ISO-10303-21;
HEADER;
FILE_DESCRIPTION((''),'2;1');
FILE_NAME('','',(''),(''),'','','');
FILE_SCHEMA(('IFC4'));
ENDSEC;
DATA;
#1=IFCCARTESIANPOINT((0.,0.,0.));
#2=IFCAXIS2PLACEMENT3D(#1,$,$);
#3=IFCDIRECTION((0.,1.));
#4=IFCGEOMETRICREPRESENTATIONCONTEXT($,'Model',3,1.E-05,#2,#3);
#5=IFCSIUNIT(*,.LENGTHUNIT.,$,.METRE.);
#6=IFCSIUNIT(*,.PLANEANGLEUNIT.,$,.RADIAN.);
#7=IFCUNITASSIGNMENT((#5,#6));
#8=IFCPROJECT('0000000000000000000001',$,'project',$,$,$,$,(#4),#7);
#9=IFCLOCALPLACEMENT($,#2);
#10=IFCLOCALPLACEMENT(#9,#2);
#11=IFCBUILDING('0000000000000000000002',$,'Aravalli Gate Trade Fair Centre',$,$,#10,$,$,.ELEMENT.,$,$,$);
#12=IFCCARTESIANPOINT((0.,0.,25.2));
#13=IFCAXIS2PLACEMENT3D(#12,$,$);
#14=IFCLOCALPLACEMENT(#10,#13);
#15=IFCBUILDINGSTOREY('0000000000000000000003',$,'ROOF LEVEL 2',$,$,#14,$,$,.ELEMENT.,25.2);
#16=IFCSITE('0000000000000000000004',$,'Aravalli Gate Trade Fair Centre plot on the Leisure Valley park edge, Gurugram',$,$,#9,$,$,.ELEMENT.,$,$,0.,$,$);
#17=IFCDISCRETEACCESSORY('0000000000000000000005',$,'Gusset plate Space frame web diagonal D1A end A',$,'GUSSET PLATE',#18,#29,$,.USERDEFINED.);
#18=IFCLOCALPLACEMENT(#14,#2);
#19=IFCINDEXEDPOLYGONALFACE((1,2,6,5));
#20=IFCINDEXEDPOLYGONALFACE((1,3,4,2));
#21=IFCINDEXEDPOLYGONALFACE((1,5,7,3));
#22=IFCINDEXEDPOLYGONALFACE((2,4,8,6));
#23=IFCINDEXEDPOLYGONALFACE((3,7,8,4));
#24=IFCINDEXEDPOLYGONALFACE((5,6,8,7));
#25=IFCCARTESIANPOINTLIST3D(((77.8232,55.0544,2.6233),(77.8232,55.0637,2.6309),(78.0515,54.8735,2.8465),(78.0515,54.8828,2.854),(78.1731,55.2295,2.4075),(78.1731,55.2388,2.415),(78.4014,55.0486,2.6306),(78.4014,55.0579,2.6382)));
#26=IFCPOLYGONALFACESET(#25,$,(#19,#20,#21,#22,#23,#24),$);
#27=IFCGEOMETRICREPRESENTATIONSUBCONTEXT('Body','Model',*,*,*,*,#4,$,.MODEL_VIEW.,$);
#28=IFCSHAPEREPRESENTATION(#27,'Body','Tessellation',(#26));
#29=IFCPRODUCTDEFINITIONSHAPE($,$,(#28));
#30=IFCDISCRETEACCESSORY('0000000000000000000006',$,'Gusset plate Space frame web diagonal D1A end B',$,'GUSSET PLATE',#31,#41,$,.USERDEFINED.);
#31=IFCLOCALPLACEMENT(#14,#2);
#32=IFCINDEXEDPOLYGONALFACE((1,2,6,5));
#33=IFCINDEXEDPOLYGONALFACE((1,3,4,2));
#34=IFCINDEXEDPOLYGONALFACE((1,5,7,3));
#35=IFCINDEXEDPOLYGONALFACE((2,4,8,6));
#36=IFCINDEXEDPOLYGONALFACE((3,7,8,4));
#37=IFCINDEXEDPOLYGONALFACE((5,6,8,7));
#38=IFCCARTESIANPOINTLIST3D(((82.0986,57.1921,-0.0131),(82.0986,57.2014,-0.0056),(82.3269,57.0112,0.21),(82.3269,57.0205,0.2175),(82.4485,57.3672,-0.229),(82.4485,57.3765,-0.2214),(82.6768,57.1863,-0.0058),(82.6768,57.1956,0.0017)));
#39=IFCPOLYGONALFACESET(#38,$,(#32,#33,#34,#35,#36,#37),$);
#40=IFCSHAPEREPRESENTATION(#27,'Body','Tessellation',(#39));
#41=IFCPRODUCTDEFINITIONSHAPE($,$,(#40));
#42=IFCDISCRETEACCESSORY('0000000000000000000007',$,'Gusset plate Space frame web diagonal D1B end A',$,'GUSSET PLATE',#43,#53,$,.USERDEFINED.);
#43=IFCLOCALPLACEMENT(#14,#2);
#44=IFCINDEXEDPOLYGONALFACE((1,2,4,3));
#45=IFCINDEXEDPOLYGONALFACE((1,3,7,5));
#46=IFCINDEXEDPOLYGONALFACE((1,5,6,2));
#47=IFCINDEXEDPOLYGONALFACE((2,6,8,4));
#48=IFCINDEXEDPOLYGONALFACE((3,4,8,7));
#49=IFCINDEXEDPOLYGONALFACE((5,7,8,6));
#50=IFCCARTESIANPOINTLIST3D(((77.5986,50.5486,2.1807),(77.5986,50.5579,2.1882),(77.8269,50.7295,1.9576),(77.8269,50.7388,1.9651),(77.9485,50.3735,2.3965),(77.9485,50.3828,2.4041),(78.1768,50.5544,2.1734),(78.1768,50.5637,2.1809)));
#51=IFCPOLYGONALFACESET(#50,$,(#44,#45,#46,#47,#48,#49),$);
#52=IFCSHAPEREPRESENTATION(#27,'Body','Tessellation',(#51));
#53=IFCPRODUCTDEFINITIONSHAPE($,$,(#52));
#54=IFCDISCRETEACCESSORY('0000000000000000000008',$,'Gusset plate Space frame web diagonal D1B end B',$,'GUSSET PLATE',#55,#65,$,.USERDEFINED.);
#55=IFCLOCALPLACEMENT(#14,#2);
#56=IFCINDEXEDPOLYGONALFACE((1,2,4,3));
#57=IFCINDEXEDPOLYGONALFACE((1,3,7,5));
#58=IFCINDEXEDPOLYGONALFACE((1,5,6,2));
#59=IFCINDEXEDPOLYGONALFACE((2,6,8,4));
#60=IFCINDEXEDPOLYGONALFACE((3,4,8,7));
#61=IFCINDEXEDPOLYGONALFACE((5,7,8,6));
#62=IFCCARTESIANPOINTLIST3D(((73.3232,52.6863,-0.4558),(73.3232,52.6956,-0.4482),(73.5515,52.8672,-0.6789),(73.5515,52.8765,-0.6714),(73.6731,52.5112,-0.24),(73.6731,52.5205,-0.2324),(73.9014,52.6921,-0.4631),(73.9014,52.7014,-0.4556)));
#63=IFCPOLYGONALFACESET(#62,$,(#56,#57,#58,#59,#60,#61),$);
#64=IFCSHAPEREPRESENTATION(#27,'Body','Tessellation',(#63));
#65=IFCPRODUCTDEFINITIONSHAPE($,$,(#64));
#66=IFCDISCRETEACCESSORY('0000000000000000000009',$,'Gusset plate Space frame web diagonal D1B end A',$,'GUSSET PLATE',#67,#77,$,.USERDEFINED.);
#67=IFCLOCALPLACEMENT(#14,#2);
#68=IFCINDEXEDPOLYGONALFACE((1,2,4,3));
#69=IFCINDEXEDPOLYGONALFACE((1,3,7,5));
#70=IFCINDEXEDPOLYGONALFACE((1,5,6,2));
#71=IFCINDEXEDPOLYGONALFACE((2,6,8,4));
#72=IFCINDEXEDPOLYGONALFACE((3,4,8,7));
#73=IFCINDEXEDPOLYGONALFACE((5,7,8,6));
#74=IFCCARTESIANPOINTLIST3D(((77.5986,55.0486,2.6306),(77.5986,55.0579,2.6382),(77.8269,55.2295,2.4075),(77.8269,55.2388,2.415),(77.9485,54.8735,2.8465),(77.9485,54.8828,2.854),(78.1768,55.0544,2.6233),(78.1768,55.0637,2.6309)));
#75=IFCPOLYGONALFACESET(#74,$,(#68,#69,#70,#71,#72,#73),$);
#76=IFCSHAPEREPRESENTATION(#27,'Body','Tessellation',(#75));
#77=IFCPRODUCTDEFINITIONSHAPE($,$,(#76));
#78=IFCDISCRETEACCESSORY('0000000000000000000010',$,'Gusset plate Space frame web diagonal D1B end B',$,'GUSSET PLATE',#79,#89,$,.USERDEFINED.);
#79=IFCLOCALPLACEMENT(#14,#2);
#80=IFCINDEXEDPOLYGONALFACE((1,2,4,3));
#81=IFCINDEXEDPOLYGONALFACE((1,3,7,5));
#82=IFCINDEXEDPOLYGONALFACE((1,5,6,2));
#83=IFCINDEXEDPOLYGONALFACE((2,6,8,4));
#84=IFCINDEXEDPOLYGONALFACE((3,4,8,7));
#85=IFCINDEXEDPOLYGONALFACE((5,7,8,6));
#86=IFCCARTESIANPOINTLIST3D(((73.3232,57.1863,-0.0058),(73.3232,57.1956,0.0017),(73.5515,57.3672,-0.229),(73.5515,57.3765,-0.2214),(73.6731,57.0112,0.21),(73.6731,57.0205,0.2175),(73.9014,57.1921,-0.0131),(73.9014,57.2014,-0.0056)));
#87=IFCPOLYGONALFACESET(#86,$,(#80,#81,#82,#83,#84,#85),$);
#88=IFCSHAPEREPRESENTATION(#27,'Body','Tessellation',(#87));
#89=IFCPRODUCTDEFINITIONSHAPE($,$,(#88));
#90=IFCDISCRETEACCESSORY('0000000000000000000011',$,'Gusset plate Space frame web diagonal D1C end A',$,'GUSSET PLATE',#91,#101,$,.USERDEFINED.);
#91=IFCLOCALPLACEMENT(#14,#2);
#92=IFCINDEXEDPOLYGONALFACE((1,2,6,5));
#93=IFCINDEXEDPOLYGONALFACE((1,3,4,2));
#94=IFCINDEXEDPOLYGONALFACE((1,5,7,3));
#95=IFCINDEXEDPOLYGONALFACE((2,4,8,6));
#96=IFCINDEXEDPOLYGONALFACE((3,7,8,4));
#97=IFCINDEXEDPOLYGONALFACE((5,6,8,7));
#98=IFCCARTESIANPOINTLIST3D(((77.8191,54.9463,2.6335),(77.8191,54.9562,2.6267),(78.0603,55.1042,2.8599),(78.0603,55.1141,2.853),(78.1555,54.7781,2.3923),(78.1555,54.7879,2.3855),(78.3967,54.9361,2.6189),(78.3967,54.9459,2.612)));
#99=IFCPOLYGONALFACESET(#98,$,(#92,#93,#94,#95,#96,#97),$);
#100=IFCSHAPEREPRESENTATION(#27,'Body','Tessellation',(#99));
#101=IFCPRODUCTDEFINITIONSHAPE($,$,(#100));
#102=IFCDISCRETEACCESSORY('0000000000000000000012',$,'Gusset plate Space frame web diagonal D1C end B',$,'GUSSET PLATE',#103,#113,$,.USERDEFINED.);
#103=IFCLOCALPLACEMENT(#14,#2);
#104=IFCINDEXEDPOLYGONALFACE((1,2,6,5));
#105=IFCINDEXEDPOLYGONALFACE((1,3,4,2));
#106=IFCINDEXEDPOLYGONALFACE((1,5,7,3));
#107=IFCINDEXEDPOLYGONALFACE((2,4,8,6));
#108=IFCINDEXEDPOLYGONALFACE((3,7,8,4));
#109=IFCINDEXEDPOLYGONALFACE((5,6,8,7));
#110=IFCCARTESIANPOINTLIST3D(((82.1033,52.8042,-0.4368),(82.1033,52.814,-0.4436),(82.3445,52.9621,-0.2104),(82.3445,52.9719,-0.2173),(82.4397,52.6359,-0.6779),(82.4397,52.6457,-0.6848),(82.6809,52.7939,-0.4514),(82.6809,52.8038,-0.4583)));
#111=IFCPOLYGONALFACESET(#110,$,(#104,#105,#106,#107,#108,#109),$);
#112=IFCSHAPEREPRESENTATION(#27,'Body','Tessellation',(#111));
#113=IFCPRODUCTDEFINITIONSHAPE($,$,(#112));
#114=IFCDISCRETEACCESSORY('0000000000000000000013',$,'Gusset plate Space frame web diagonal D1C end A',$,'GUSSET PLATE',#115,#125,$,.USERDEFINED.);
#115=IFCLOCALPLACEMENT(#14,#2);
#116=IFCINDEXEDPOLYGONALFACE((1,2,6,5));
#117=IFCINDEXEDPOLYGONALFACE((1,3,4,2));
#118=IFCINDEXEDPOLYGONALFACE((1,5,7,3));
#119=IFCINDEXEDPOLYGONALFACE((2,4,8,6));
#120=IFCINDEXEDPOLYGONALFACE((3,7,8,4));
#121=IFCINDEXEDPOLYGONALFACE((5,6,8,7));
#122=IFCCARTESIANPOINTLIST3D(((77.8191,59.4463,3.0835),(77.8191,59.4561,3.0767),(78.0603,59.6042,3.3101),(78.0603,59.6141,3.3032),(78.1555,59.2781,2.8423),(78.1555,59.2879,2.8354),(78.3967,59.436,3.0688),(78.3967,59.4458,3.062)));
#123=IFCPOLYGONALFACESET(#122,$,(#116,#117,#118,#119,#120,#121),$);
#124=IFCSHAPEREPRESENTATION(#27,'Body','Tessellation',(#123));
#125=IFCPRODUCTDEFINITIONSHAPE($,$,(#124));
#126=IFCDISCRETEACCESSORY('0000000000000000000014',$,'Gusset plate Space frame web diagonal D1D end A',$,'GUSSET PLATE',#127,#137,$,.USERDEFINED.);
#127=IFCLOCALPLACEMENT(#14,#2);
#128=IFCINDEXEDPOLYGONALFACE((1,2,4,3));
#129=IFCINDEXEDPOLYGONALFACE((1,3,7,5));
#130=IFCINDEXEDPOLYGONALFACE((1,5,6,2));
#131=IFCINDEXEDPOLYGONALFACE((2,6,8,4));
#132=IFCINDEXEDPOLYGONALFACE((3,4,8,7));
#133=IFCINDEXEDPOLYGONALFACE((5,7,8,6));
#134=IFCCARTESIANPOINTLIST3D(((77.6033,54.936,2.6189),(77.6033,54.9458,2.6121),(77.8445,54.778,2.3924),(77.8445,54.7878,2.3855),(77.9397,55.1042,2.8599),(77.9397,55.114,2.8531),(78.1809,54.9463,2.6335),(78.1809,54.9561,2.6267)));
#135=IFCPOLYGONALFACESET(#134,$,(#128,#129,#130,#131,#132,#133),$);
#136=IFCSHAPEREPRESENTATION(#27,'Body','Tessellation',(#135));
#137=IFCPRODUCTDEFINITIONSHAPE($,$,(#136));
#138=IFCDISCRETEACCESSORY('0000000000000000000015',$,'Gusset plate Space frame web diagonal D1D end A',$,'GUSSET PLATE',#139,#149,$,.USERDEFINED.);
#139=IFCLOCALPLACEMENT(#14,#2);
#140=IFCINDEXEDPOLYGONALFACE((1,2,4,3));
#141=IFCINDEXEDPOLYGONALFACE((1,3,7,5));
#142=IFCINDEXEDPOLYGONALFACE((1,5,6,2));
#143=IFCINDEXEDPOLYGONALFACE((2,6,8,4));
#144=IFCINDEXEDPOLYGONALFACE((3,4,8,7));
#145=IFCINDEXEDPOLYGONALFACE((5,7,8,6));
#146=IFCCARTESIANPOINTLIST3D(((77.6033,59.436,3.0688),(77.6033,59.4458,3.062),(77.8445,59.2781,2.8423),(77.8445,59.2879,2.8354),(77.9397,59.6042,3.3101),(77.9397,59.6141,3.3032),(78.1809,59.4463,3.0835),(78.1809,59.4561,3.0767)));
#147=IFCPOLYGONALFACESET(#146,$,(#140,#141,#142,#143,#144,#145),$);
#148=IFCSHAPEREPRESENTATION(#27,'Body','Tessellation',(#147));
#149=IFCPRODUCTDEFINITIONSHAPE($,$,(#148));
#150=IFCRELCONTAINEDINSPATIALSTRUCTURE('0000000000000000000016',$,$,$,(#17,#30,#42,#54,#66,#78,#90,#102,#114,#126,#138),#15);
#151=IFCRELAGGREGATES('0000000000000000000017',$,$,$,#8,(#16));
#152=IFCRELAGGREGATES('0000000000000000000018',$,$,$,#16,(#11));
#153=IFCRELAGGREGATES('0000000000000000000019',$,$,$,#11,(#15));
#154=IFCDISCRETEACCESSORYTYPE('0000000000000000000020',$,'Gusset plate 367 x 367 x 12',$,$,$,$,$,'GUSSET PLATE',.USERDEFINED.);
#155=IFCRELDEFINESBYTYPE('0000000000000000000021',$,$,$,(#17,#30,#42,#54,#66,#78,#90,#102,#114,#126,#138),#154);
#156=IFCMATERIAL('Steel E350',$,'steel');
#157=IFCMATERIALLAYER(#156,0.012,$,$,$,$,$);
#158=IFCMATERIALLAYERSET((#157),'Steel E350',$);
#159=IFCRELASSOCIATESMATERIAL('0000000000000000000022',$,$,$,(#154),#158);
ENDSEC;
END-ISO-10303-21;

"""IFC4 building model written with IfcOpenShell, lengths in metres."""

from ifc_helpers import new_model, si_unit, direction, frame, origin, place, context, subcontext, project, spatial, polyline, outline, extrude, material, layer, layer_set, type_object, element, save


model = new_model("IFC4")

# Units and contexts
model_context = context("Model", 3, precision=1e-05, world=origin(), true_north=direction((0.0, 1.0)))
body_context = subcontext(model_context, "Body", "Model", "MODEL_VIEW")
ifc_project = project(units=[si_unit("LENGTHUNIT", "METRE"), si_unit("PLANEANGLEUNIT", "RADIAN")], contexts=[model_context])

# Site, building, storey
site_placement = place(None, origin())
site = spatial("IfcSite", under=ifc_project, at=site_placement, Name="Aravalli Gate Trade Fair Centre plot on the Leisure Valley park edge, Gurugram", CompositionType="ELEMENT", RefElevation=0.0)
building_placement = place(site_placement, origin())
building = spatial("IfcBuilding", under=site, at=building_placement, Name="Aravalli Gate Trade Fair Centre", CompositionType="ELEMENT")
storey_placement = place(building_placement, frame((0.0, 0.0, 25.2)))
storey = spatial("IfcBuildingStorey", under=building, at=storey_placement, Name="ROOF LEVEL 2", CompositionType="ELEMENT", Elevation=25.2)

# Shared definitions
ifc_material = material(Name="Steel E350", Category="steel")

# Discrete accessories
ifc_layer = layer(ifc_material, 0.012)
ifc_layer_set = layer_set([ifc_layer], Name="Steel E350")
discrete_accessory_type = type_object("IfcDiscreteAccessoryType", Name="Gusset plate 367 x 367 x 12", ElementType="GUSSET PLATE", PredefinedType="USERDEFINED", material=ifc_layer_set)
discrete_accessory_1_placement = place(storey_placement, frame((78.1731, 55.2388, 2.415), z_axis=(-0.000107, 0.776736, 0.629826), x_axis=(-0.783044, -0.391795, 0.48305)))
element("IfcDiscreteAccessory", 1, at=discrete_accessory_1_placement, inside=storey, type_object=discrete_accessory_type, Name="Gusset plate Space frame web diagonal D1A end A", ObjectType="GUSSET PLATE", PredefinedType="USERDEFINED", context=body_context, shape_type="SweptSolid", body=[
    extrude(outline(polyline([(0.0, 0.0), (0.4468, 0.0), (0.4467, 0.3669), (-0.0001, 0.3669), (0.0, 0.0)])), origin(), (0.0, 0.0, -1.0), 0.012),
])
discrete_accessory_2_placement = place(storey_placement, frame((82.0986, 57.2014, -0.0056), z_axis=(-0.000107, 0.776736, 0.629826), x_axis=(0.783044, 0.391795, -0.48305)))
element("IfcDiscreteAccessory", 2, at=discrete_accessory_2_placement, inside=storey, type_object=discrete_accessory_type, Name="Gusset plate Space frame web diagonal D1A end B", ObjectType="GUSSET PLATE", PredefinedType="USERDEFINED", context=body_context, shape_type="SweptSolid", body=[
    extrude(outline(polyline([(0.0, 0.0), (0.4468, 0.0), (0.4469, -0.3669), (0.0001, -0.3669), (0.0, 0.0)])), origin(), (0.0, 0.0, -1.0), 0.012),
])
discrete_accessory_3_placement = place(storey_placement, frame((77.5986, 50.5579, 2.1882), z_axis=(0.000107, 0.776736, 0.629826), x_axis=(0.783044, -0.391795, 0.48305)))
element("IfcDiscreteAccessory", 3, at=discrete_accessory_3_placement, inside=storey, type_object=discrete_accessory_type, Name="Gusset plate Space frame web diagonal D1B end A", ObjectType="GUSSET PLATE", PredefinedType="USERDEFINED", context=body_context, shape_type="SweptSolid", body=[
    extrude(outline(polyline([(0.0, 0.0), (0.4468, 0.0), (0.4469, 0.3669), (0.0001, 0.3669), (0.0, 0.0)])), origin(), (0.0, 0.0, -1.0), 0.012),
])
discrete_accessory_4_placement = place(storey_placement, frame((73.6731, 52.5205, -0.2324), z_axis=(0.000107, 0.776736, 0.629826), x_axis=(-0.783044, 0.391795, -0.48305)))
element("IfcDiscreteAccessory", 4, at=discrete_accessory_4_placement, inside=storey, type_object=discrete_accessory_type, Name="Gusset plate Space frame web diagonal D1B end B", ObjectType="GUSSET PLATE", PredefinedType="USERDEFINED", context=body_context, shape_type="SweptSolid", body=[
    extrude(outline(polyline([(0.0, 0.0), (0.4468, 0.0), (0.4467, -0.3669), (-0.0001, -0.3669), (0.0, 0.0)])), origin(), (0.0, 0.0, -1.0), 0.012),
])
discrete_accessory_5_placement = place(storey_placement, frame((77.5986, 55.0579, 2.6382), z_axis=(0.000107, 0.776736, 0.629826), x_axis=(0.783044, -0.391795, 0.48305)))
element("IfcDiscreteAccessory", 5, at=discrete_accessory_5_placement, inside=storey, type_object=discrete_accessory_type, Name="Gusset plate Space frame web diagonal D1B end A", ObjectType="GUSSET PLATE", PredefinedType="USERDEFINED", context=body_context, shape_type="SweptSolid", body=[
    extrude(outline(polyline([(0.0, 0.0), (0.4468, 0.0), (0.4469, 0.3669), (0.0001, 0.3669), (0.0, 0.0)])), origin(), (0.0, 0.0, -1.0), 0.012),
])
discrete_accessory_6_placement = place(storey_placement, frame((73.6731, 57.0205, 0.2175), z_axis=(0.000107, 0.776736, 0.629826), x_axis=(-0.783044, 0.391795, -0.48305)))
element("IfcDiscreteAccessory", 6, at=discrete_accessory_6_placement, inside=storey, type_object=discrete_accessory_type, Name="Gusset plate Space frame web diagonal D1B end B", ObjectType="GUSSET PLATE", PredefinedType="USERDEFINED", context=body_context, shape_type="SweptSolid", body=[
    extrude(outline(polyline([(0.0, 0.0), (0.4468, 0.0), (0.4467, -0.3669), (-0.0001, -0.3669), (0.0, 0.0)])), origin(), (0.0, 0.0, -1.0), 0.012),
])
discrete_accessory_7_placement = place(storey_placement, frame((78.1555, 54.7781, 2.3923), z_axis=(-0.000049, -0.820141, 0.572161), x_axis=(-0.75291, 0.376583, 0.539733)))
element("IfcDiscreteAccessory", 7, at=discrete_accessory_7_placement, inside=storey, type_object=discrete_accessory_type, Name="Gusset plate Space frame web diagonal D1C end A", ObjectType="GUSSET PLATE", PredefinedType="USERDEFINED", context=body_context, shape_type="SweptSolid", body=[
    extrude(outline(polyline([(0.0, 0.0), (0.4468, 0.0), (0.4469, -0.3665), (0.0002, -0.3667), (0.0, 0.0)])), origin(), (0.0, 0.0, -1.0), 0.012),
])
discrete_accessory_8_placement = place(storey_placement, frame((82.1033, 52.8042, -0.4368), z_axis=(-0.000049, -0.820141, 0.572161), x_axis=(0.75291, -0.376583, -0.539733)))
element("IfcDiscreteAccessory", 8, at=discrete_accessory_8_placement, inside=storey, type_object=discrete_accessory_type, Name="Gusset plate Space frame web diagonal D1C end B", ObjectType="GUSSET PLATE", PredefinedType="USERDEFINED", context=body_context, shape_type="SweptSolid", body=[
    extrude(outline(polyline([(0.0, 0.0), (0.4468, 0.0), (0.4467, 0.3667), (0.0, 0.3665), (0.0, 0.0)])), origin(), (0.0, 0.0, -1.0), 0.012),
])
discrete_accessory_9_placement = place(storey_placement, frame((78.1555, 59.2781, 2.8423), z_axis=(-0.000057, -0.820282, 0.57196), x_axis=(-0.75291, 0.376455, 0.539822)))
element("IfcDiscreteAccessory", 9, at=discrete_accessory_9_placement, inside=storey, type_object=discrete_accessory_type, Name="Gusset plate Space frame web diagonal D1C end A", ObjectType="GUSSET PLATE", PredefinedType="USERDEFINED", context=body_context, shape_type="SweptSolid", body=[
    extrude(outline(polyline([(0.0, 0.0), (0.4468, 0.0), (0.447, -0.3667), (0.0002, -0.3667), (0.0, 0.0)])), origin(), (0.0, 0.0, -1.0), 0.012),
])
discrete_accessory_10_placement = place(storey_placement, frame((77.6033, 54.936, 2.6189), z_axis=(0.000049, -0.820141, 0.572161), x_axis=(0.753132, 0.376438, 0.539524)))
element("IfcDiscreteAccessory", 10, at=discrete_accessory_10_placement, inside=storey, type_object=discrete_accessory_type, Name="Gusset plate Space frame web diagonal D1D end A", ObjectType="GUSSET PLATE", PredefinedType="USERDEFINED", context=body_context, shape_type="SweptSolid", body=[
    extrude(outline(polyline([(0.0, 0.0), (0.4467, 0.0), (0.4468, -0.3665), (0.0, -0.3667), (0.0, 0.0)])), origin(), (0.0, 0.0, -1.0), 0.012),
])
discrete_accessory_11_placement = place(storey_placement, frame((77.6033, 59.436, 3.0688), z_axis=(0.000057, -0.820282, 0.57196), x_axis=(0.75291, 0.376455, 0.539822)))
element("IfcDiscreteAccessory", 11, at=discrete_accessory_11_placement, inside=storey, type_object=discrete_accessory_type, Name="Gusset plate Space frame web diagonal D1D end A", ObjectType="GUSSET PLATE", PredefinedType="USERDEFINED", context=body_context, shape_type="SweptSolid", body=[
    extrude(outline(polyline([(0.0, 0.0), (0.4468, 0.0), (0.4467, -0.3667), (-0.0002, -0.3667), (0.0, 0.0)])), origin(), (0.0, 0.0, -1.0), 0.012),
])

save(model, "model.ifc")
